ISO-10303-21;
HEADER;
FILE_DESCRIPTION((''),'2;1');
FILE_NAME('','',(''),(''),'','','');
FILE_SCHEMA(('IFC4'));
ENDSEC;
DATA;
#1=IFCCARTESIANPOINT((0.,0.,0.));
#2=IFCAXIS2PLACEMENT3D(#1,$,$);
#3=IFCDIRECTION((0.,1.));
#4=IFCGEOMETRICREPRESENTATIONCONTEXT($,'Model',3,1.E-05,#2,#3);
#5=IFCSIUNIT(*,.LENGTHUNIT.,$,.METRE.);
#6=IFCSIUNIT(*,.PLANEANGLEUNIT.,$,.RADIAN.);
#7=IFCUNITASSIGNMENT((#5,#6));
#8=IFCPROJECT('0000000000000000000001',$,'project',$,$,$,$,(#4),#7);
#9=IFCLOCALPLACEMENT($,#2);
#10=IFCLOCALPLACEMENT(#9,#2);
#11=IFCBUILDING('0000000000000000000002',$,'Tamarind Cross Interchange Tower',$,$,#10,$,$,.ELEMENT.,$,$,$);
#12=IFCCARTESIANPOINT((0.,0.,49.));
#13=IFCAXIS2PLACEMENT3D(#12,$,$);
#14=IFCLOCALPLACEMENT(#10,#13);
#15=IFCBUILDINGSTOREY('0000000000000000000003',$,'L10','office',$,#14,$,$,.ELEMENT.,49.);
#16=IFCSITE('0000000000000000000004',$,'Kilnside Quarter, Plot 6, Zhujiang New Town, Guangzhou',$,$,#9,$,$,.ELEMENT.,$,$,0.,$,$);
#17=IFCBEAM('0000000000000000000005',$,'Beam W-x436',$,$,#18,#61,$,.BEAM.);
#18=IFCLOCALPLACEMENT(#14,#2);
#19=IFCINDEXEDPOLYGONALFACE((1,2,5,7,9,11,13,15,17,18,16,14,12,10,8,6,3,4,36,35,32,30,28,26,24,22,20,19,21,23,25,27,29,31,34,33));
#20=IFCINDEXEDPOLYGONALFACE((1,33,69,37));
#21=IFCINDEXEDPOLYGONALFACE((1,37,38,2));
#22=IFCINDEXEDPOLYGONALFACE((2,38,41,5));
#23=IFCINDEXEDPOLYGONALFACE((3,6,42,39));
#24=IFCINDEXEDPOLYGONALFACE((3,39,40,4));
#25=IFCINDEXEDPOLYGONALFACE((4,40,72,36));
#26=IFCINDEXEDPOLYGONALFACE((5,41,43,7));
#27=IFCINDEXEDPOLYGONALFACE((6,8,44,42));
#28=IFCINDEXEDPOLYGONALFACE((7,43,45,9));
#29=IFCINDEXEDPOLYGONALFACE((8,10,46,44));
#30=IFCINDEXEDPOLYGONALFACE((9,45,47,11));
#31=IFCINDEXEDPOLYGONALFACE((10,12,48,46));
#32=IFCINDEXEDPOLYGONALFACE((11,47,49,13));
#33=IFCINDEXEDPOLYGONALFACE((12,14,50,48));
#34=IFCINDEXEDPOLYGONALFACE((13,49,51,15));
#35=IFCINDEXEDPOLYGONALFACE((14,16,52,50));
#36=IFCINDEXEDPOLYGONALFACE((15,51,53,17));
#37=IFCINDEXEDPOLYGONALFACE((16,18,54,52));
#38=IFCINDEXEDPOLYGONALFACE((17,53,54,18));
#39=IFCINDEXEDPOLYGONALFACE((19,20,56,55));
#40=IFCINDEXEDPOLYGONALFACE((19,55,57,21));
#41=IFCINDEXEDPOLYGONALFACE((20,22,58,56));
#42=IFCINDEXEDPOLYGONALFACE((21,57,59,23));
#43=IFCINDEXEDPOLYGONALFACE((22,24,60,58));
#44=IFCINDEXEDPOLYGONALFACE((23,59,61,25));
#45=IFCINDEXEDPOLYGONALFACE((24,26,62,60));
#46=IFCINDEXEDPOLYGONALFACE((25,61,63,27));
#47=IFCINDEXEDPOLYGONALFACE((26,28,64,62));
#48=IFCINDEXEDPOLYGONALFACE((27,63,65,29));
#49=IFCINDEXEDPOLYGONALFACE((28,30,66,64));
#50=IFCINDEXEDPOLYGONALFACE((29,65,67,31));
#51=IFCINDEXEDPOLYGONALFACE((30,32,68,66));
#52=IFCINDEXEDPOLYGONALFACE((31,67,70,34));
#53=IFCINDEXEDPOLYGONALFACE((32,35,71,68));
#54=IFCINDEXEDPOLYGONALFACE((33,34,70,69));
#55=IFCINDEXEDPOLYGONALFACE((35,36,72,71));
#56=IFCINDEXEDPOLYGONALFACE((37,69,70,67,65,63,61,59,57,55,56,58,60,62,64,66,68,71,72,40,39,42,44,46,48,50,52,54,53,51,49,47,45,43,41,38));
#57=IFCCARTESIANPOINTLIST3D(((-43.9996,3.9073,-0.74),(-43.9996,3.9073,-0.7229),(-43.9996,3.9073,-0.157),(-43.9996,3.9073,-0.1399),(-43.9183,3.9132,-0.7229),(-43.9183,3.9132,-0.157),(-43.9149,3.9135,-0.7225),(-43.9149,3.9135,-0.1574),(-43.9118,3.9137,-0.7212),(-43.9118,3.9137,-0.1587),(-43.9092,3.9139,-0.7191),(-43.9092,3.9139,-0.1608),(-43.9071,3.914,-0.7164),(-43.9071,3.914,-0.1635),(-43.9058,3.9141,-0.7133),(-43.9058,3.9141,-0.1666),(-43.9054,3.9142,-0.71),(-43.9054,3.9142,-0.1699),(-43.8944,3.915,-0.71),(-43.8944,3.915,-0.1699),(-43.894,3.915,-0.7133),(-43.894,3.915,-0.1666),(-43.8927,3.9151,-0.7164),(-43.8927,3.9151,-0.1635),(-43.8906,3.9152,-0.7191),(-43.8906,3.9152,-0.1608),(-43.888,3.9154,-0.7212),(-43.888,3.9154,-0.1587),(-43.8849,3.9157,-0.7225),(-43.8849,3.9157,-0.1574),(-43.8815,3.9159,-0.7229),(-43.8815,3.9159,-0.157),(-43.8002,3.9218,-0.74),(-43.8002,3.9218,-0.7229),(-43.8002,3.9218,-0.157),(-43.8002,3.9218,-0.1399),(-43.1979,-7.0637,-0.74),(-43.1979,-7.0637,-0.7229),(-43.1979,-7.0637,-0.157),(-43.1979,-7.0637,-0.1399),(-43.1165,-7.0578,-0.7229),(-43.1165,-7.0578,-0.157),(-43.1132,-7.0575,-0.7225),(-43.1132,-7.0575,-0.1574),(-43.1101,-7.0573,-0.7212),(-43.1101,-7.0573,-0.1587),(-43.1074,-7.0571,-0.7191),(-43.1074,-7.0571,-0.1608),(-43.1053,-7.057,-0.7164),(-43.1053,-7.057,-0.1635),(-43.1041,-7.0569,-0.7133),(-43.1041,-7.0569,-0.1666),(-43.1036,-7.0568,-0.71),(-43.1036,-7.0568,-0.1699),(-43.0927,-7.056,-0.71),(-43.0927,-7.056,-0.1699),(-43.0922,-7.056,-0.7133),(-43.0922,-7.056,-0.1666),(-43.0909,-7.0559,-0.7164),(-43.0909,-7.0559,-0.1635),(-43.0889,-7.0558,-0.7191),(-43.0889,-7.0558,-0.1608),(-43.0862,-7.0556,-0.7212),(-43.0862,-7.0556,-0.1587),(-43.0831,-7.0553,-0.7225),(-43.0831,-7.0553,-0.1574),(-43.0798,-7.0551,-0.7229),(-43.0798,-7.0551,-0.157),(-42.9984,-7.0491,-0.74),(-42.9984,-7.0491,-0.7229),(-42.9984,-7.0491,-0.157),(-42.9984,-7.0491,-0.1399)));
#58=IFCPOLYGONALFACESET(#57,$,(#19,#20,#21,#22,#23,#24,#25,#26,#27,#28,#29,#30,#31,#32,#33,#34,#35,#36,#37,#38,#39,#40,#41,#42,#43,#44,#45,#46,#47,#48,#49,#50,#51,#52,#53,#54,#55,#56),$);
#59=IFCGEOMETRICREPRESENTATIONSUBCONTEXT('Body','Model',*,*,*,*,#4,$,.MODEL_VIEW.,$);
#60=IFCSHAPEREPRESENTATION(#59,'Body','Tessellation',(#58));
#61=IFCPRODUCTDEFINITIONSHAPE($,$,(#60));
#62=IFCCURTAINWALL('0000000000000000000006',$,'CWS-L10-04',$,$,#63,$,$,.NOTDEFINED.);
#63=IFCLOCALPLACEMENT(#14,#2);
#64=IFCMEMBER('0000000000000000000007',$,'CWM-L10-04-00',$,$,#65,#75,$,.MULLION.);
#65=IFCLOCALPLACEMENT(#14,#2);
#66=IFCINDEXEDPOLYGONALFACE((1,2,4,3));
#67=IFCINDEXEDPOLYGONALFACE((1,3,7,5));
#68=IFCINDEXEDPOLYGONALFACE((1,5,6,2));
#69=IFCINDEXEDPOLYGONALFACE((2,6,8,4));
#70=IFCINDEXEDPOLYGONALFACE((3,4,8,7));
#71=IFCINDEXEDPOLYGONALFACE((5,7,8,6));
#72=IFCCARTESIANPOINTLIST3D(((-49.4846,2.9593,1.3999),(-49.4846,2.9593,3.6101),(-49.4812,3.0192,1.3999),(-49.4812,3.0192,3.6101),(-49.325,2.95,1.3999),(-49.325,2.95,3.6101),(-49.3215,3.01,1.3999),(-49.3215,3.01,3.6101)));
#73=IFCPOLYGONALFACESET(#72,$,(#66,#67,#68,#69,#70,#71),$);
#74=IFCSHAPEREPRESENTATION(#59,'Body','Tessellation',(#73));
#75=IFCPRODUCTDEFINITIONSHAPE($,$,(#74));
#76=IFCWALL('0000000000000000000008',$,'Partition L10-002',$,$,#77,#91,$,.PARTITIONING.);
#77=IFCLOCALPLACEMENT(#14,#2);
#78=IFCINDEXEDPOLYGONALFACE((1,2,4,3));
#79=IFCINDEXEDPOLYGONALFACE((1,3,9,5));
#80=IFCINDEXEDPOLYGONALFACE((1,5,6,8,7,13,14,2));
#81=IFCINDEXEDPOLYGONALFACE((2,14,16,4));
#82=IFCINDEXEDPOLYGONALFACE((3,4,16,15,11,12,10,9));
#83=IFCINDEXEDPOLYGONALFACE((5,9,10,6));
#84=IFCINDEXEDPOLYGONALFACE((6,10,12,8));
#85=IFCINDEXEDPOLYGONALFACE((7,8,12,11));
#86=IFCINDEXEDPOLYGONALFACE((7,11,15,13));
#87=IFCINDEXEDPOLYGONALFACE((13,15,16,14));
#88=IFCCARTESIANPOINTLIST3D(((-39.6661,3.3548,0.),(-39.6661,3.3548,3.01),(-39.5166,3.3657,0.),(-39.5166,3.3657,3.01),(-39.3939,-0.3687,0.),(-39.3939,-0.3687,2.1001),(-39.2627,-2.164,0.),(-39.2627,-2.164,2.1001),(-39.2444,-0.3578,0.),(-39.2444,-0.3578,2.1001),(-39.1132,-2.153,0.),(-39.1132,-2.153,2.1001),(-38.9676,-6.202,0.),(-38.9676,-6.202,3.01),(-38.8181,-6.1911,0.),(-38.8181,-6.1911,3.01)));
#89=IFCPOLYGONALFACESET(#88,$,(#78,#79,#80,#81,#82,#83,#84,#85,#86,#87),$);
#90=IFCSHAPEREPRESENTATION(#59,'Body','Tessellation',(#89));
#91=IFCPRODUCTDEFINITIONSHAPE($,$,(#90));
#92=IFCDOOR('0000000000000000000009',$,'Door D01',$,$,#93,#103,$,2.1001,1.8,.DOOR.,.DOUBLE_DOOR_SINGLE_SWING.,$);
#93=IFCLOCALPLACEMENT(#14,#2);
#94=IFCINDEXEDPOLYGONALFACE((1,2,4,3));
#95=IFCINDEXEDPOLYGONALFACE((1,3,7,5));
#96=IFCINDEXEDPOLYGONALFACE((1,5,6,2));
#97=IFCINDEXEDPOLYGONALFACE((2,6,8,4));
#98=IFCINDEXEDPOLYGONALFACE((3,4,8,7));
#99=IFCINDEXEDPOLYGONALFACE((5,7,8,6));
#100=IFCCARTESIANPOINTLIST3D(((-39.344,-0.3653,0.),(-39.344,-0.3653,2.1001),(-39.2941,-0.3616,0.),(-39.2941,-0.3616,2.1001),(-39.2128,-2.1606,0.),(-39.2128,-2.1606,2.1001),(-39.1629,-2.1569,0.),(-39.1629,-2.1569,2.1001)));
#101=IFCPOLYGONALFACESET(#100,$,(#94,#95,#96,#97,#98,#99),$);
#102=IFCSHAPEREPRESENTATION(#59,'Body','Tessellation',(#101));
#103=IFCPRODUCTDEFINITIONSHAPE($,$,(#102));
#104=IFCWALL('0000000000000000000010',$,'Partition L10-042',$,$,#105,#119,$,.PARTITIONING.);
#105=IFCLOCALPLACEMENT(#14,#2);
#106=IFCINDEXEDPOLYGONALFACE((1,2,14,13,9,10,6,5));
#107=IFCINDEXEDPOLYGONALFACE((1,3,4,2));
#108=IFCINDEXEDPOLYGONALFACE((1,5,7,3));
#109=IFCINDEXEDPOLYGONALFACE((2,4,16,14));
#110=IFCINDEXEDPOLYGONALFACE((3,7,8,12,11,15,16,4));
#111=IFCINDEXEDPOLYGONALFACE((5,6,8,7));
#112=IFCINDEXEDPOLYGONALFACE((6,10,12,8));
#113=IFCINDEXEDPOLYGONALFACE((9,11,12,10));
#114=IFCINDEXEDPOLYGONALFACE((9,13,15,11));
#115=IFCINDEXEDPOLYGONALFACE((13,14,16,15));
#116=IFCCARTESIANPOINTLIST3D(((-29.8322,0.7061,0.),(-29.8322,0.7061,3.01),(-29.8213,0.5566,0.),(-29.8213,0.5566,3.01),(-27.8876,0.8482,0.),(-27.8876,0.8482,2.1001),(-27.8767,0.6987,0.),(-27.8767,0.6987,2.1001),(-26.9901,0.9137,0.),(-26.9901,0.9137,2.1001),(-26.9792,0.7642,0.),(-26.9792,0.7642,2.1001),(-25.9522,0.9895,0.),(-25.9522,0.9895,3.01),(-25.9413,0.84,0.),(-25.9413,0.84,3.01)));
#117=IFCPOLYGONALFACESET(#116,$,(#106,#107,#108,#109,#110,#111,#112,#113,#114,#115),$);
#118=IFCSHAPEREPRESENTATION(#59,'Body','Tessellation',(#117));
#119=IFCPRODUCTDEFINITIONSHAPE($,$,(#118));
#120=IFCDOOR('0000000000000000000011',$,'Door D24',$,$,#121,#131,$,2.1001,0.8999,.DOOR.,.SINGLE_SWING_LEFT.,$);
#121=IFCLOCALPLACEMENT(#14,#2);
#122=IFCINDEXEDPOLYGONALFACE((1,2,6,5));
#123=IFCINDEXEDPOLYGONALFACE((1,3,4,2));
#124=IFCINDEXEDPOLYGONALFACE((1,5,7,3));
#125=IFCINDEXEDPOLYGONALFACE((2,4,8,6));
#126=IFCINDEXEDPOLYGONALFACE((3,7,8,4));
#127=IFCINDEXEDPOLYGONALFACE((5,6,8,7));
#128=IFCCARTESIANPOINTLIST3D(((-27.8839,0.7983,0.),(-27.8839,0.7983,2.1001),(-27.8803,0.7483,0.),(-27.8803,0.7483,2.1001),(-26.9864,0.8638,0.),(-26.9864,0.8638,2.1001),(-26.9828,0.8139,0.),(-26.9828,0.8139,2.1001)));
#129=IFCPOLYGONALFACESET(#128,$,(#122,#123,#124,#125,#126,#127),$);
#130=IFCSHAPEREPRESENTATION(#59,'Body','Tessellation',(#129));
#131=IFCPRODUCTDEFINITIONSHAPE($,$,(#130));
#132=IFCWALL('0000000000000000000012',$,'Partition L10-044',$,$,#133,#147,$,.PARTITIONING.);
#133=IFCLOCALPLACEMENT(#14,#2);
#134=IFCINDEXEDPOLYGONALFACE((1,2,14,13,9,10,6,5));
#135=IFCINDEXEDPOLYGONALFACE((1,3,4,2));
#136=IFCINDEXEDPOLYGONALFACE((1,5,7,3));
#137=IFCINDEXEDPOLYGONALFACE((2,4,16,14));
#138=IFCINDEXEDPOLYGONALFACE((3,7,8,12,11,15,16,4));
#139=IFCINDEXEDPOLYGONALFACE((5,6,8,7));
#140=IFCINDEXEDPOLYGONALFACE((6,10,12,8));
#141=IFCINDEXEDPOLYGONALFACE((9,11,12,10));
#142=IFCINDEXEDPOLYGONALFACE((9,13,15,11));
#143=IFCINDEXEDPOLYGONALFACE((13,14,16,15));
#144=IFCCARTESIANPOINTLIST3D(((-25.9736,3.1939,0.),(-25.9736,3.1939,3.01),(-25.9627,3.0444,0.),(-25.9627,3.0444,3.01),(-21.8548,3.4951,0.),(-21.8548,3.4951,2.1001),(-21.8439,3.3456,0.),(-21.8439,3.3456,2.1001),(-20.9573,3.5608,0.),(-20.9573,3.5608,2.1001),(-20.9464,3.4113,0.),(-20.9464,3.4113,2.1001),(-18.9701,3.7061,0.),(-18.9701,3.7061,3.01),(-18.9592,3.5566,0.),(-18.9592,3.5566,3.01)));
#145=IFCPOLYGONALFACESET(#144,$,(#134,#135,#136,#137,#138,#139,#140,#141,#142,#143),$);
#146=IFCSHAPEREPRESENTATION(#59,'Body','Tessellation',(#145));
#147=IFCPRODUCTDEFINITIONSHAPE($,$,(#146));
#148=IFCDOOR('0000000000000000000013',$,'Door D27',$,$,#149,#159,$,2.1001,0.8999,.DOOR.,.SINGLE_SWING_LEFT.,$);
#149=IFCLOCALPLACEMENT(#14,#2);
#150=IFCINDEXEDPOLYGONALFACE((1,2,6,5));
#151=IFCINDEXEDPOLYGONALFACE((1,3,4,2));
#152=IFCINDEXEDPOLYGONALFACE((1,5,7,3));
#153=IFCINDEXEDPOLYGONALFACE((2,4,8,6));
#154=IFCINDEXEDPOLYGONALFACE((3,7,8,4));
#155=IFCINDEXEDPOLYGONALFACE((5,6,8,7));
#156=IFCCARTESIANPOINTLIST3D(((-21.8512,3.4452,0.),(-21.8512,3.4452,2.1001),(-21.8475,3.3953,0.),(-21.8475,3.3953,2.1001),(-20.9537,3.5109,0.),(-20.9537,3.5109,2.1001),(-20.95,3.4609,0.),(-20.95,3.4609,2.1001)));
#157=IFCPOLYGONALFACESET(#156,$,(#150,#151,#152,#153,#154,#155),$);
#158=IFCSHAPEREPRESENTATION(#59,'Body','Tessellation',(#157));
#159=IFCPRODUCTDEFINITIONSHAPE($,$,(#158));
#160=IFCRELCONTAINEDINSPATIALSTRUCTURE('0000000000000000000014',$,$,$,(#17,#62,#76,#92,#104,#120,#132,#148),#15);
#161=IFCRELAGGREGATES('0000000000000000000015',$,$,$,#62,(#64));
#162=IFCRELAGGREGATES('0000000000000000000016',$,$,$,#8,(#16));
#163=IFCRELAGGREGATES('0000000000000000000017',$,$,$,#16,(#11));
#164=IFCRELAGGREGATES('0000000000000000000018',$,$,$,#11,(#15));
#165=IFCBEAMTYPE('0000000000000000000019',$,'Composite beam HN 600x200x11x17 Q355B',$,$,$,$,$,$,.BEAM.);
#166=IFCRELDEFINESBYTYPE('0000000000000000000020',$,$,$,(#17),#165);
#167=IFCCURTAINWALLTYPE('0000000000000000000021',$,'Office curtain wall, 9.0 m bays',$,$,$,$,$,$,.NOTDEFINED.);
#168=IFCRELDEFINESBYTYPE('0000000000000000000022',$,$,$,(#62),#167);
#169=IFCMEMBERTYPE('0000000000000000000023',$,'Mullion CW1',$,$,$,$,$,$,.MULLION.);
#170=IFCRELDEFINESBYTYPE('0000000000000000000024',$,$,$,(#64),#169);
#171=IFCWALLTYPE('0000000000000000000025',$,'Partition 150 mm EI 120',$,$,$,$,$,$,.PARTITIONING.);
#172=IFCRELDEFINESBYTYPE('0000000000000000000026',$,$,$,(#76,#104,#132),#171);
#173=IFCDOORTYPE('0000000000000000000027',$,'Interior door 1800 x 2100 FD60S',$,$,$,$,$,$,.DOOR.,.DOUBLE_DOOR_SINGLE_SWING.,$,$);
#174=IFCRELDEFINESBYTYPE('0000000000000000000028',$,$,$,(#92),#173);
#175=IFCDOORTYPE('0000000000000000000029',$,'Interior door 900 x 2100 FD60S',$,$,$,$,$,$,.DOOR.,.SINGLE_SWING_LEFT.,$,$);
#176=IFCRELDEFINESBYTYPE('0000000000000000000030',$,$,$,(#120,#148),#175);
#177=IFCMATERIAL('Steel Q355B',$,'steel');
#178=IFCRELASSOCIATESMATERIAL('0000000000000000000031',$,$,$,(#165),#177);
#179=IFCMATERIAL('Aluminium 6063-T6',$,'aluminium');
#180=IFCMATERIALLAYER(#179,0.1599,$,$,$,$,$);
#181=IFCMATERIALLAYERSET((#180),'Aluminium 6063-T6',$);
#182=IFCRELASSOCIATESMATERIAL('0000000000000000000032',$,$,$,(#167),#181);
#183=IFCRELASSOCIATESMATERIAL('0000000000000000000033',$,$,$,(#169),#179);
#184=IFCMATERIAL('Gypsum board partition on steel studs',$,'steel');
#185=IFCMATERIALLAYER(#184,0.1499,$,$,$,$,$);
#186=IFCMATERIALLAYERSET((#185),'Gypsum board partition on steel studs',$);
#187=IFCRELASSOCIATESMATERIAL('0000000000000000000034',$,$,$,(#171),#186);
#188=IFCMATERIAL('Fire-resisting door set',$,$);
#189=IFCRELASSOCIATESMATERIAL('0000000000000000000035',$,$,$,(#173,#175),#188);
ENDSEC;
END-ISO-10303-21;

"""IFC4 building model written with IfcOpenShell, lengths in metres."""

from ifc_helpers import new_model, si_unit, direction, frame, frame_2d, origin, origin_2d, place, context, subcontext, project, spatial, rectangle, i_section, extrude, material, layer, layer_set, material_profile, profile_set, type_object, element, fill, aggregate, save


model = new_model("IFC4")

# Units and contexts
model_context = context("Model", 3, precision=1e-05, world=origin(), true_north=direction((0.0, 1.0)))
body_context = subcontext(model_context, "Body", "Model", "MODEL_VIEW")
ifc_project = project(units=[si_unit("LENGTHUNIT", "METRE"), si_unit("PLANEANGLEUNIT", "RADIAN")], contexts=[model_context])

# Site, building, storey
site_placement = place(None, origin())
site = spatial("IfcSite", under=ifc_project, at=site_placement, Name="Kilnside Quarter, Plot 6, Zhujiang New Town, Guangzhou", CompositionType="ELEMENT", RefElevation=0.0)
building_placement = place(site_placement, origin())
building = spatial("IfcBuilding", under=site, at=building_placement, Name="Tamarind Cross Interchange Tower", CompositionType="ELEMENT")
storey_placement = place(building_placement, frame((0.0, 0.0, 49.0)))
storey = spatial("IfcBuildingStorey", under=building, at=storey_placement, Name="L10", Description="office", CompositionType="ELEMENT", Elevation=49.0)

# Beam
ifc_material_1 = material(Name="Steel Q355B", Category="steel")
ifc_material_profile_1 = material_profile(ifc_material_1, i_section(OverallWidth=0.2, OverallDepth=0.6001, WebThickness=0.011, FlangeThickness=0.0171, FilletRadius=0.0129, at=origin_2d()), Name="HN 600x200x11x17")
ifc_profile_set_1 = profile_set([ifc_material_profile_1], Name="Steel Q355B")
beam_type_1 = type_object("IfcBeamType", Name="Composite beam HN 600x200x11x17 Q355B", PredefinedType="BEAM", material=ifc_profile_set_1)
beam_1_placement = place(storey_placement, frame((-43.8999, 3.9146, -0.4399), z_axis=(0.072886, -0.99734, 0.0), x_axis=(0.99734, 0.072886, 0.0)))
element("IfcBeam", 1, at=beam_1_placement, inside=storey, type_object=beam_type_1, Name="Beam W-x436", PredefinedType="BEAM", context=body_context, shape_type="SweptSolid", body=[
    extrude(i_section(OverallWidth=0.2, OverallDepth=0.6001, WebThickness=0.011, FlangeThickness=0.0171, FilletRadius=0.0129, at=origin_2d()), origin(), (0.0, 0.0, 1.0), 11.0002),
])

# Curtain wall, member
ifc_material_2 = material(Name="Aluminium 6063-T6", Category="aluminium")
ifc_layer_1 = layer(ifc_material_2, 0.1599)
ifc_layer_set_1 = layer_set([ifc_layer_1], Name="Aluminium 6063-T6")
curtain_wall_type = type_object("IfcCurtainWallType", Name="Office curtain wall, 9.0 m bays", PredefinedType="NOTDEFINED", material=ifc_layer_set_1)
curtain_wall_placement = place(storey_placement, origin())
curtain_wall = element("IfcCurtainWall", 2, at=curtain_wall_placement, inside=storey, type_object=curtain_wall_type, Name="CWS-L10-04", PredefinedType="NOTDEFINED")
ifc_material_profile_2 = material_profile(ifc_material_2, rectangle(XDim=0.0601, YDim=0.1599, at=origin_2d()), Name="Mullion CW1")
ifc_profile_set_2 = profile_set([ifc_material_profile_2], Name="Aluminium 6063-T6")
member_type = type_object("IfcMemberType", Name="Mullion CW1", PredefinedType="MULLION", material=ifc_profile_set_2)
member_placement = place(storey_placement, frame((-49.4031, 2.9846, 1.3999), z_axis=(0.0, 0.0, 1.0), x_axis=(-0.057926, -0.998321, 0.0)))
member = element("IfcMember", 3, at=member_placement, type_object=member_type, Name="CWM-L10-04-00", PredefinedType="MULLION", context=body_context, shape_type="SweptSolid", body=[
    extrude(rectangle(XDim=0.0601, YDim=0.1599, at=origin_2d()), origin(), (0.0, 0.0, 1.0), 2.2102),
])
aggregate(curtain_wall, [member])

# Walls, openings, doors
ifc_material_3 = material(Name="Gypsum board partition on steel studs", Category="steel")
ifc_layer_2 = layer(ifc_material_3, 0.1499)
ifc_layer_set_2 = layer_set([ifc_layer_2], Name="Gypsum board partition on steel studs")
wall_type_1 = type_object("IfcWallType", Name="Partition 150 mm EI 120", PredefinedType="PARTITIONING", material=ifc_layer_set_2)
wall_1_placement = place(storey_placement, frame((-39.5913, 3.3601, 0.0), z_axis=(0.0, 0.0, 1.0), x_axis=(0.072893, -0.99734, 0.0)))
wall_1 = element("IfcWall", 4, at=wall_1_placement, inside=storey, type_object=wall_type_1, Name="Partition L10-002", PredefinedType="PARTITIONING", context=body_context, shape_type="SweptSolid", body=[
    extrude(rectangle(XDim=9.5823, YDim=0.1499, at=frame_2d((4.791, 0.0))), origin(), (0.0, 0.0, 1.0), 3.01),
])
opening_1_placement = place(wall_1_placement, frame((3.7334, 0.0, 0.0)))
opening_1 = element("IfcOpeningElement", 5, at=opening_1_placement, cuts=wall_1, PredefinedType="OPENING", context=body_context, shape_type="SweptSolid", body=[
    extrude(rectangle(XDim=1.8, YDim=2.1001, at=frame_2d((0.8999, 1.05))), frame((0.0, 0.085, 0.0), z_axis=(0.0, -1.0, 0.0), x_axis=(1.0, 0.0, 0.0)), (0.0, 0.0, 1.0), 0.1699),
])
ifc_material_4 = material(Name="Fire-resisting door set")
door_type_1 = type_object("IfcDoorType", Name="Interior door 1800 x 2100 FD60S", OperationType="DOUBLE_DOOR_SINGLE_SWING", PredefinedType="DOOR", material=ifc_material_4)
door_1_placement = place(opening_1_placement, frame((1.8, 0.0, 0.0), z_axis=(0.0, 0.0, 1.0), x_axis=(-1.0, 0.0, 0.0)))
door_1 = element("IfcDoor", 6, at=door_1_placement, inside=storey, type_object=door_type_1, Name="Door D01", OperationType="DOUBLE_DOOR_SINGLE_SWING", OverallHeight=2.1001, OverallWidth=1.8, PredefinedType="DOOR", context=body_context, shape_type="SweptSolid", body=[
    extrude(rectangle(XDim=1.8, YDim=2.1001, at=frame_2d((0.8999, 1.05))), frame((0.0, 0.0249, 0.0), z_axis=(0.0, -1.0, 0.0), x_axis=(1.0, 0.0, 0.0)), (0.0, 0.0, 1.0), 0.05),
])
fill(opening_1, door_1)
wall_2_placement = place(storey_placement, frame((-29.8269, 0.6313, 0.0), z_axis=(0.0, 0.0, 1.0), x_axis=(0.997342, 0.072857, 0.0)))
wall_2 = element("IfcWall", 7, at=wall_2_placement, inside=storey, type_object=wall_type_1, Name="Partition L10-042", PredefinedType="PARTITIONING", context=body_context, shape_type="SweptSolid", body=[
    extrude(rectangle(XDim=3.8904, YDim=0.1499, at=frame_2d((1.9453, 0.0))), origin(), (0.0, 0.0, 1.0), 3.01),
])
opening_2_placement = place(wall_2_placement, frame((1.95, 0.0, 0.0)))
opening_2 = element("IfcOpeningElement", 8, at=opening_2_placement, cuts=wall_2, PredefinedType="OPENING", context=body_context, shape_type="SweptSolid", body=[
    extrude(rectangle(XDim=0.8999, YDim=2.1001, at=frame_2d((0.45, 1.05))), frame((0.0, 0.085, 0.0), z_axis=(0.0, -1.0, 0.0), x_axis=(1.0, 0.0, 0.0)), (0.0, 0.0, 1.0), 0.1699),
])
door_type_2 = type_object("IfcDoorType", Name="Interior door 900 x 2100 FD60S", OperationType="SINGLE_SWING_LEFT", PredefinedType="DOOR", material=ifc_material_4)
door_2_placement = place(opening_2_placement, origin())
door_2 = element("IfcDoor", 9, at=door_2_placement, inside=storey, type_object=door_type_2, Name="Door D24", OperationType="SINGLE_SWING_LEFT", OverallHeight=2.1001, OverallWidth=0.8999, PredefinedType="DOOR", context=body_context, shape_type="SweptSolid", body=[
    extrude(rectangle(XDim=0.8999, YDim=2.1001, at=frame_2d((0.45, 1.05))), frame((0.0, 0.0249, 0.0), z_axis=(0.0, -1.0, 0.0), x_axis=(1.0, 0.0, 0.0)), (0.0, 0.0, 1.0), 0.05),
])
fill(opening_2, door_2)
wall_3_placement = place(storey_placement, frame((-25.9683, 3.1191, 0.0), z_axis=(0.0, 0.0, 1.0), x_axis=(0.997336, 0.072942, 0.0)))
wall_3 = element("IfcWall", 10, at=wall_3_placement, inside=storey, type_object=wall_type_1, Name="Partition L10-044", PredefinedType="PARTITIONING", context=body_context, shape_type="SweptSolid", body=[
    extrude(rectangle(XDim=7.0222, YDim=0.1499, at=frame_2d((3.5112, 0.0))), origin(), (0.0, 0.0, 1.0), 3.01),
])
opening_3_placement = place(wall_3_placement, frame((4.1299, 0.0, 0.0)))
opening_3 = element("IfcOpeningElement", 11, at=opening_3_placement, cuts=wall_3, PredefinedType="OPENING", context=body_context, shape_type="SweptSolid", body=[
    extrude(rectangle(XDim=0.8999, YDim=2.1001, at=frame_2d((0.45, 1.05))), frame((0.0, 0.085, 0.0), z_axis=(0.0, -1.0, 0.0), x_axis=(1.0, 0.0, 0.0)), (0.0, 0.0, 1.0), 0.1699),
])
door_3_placement = place(opening_3_placement, origin())
door_3 = element("IfcDoor", 12, at=door_3_placement, inside=storey, type_object=door_type_2, Name="Door D27", OperationType="SINGLE_SWING_LEFT", OverallHeight=2.1001, OverallWidth=0.8999, PredefinedType="DOOR", context=body_context, shape_type="SweptSolid", body=[
    extrude(rectangle(XDim=0.8999, YDim=2.1001, at=frame_2d((0.45, 1.05))), frame((0.0, 0.0249, 0.0), z_axis=(0.0, -1.0, 0.0), x_axis=(1.0, 0.0, 0.0)), (0.0, 0.0, 1.0), 0.05),
])
fill(opening_3, door_3)

save(model, "model.ifc")
